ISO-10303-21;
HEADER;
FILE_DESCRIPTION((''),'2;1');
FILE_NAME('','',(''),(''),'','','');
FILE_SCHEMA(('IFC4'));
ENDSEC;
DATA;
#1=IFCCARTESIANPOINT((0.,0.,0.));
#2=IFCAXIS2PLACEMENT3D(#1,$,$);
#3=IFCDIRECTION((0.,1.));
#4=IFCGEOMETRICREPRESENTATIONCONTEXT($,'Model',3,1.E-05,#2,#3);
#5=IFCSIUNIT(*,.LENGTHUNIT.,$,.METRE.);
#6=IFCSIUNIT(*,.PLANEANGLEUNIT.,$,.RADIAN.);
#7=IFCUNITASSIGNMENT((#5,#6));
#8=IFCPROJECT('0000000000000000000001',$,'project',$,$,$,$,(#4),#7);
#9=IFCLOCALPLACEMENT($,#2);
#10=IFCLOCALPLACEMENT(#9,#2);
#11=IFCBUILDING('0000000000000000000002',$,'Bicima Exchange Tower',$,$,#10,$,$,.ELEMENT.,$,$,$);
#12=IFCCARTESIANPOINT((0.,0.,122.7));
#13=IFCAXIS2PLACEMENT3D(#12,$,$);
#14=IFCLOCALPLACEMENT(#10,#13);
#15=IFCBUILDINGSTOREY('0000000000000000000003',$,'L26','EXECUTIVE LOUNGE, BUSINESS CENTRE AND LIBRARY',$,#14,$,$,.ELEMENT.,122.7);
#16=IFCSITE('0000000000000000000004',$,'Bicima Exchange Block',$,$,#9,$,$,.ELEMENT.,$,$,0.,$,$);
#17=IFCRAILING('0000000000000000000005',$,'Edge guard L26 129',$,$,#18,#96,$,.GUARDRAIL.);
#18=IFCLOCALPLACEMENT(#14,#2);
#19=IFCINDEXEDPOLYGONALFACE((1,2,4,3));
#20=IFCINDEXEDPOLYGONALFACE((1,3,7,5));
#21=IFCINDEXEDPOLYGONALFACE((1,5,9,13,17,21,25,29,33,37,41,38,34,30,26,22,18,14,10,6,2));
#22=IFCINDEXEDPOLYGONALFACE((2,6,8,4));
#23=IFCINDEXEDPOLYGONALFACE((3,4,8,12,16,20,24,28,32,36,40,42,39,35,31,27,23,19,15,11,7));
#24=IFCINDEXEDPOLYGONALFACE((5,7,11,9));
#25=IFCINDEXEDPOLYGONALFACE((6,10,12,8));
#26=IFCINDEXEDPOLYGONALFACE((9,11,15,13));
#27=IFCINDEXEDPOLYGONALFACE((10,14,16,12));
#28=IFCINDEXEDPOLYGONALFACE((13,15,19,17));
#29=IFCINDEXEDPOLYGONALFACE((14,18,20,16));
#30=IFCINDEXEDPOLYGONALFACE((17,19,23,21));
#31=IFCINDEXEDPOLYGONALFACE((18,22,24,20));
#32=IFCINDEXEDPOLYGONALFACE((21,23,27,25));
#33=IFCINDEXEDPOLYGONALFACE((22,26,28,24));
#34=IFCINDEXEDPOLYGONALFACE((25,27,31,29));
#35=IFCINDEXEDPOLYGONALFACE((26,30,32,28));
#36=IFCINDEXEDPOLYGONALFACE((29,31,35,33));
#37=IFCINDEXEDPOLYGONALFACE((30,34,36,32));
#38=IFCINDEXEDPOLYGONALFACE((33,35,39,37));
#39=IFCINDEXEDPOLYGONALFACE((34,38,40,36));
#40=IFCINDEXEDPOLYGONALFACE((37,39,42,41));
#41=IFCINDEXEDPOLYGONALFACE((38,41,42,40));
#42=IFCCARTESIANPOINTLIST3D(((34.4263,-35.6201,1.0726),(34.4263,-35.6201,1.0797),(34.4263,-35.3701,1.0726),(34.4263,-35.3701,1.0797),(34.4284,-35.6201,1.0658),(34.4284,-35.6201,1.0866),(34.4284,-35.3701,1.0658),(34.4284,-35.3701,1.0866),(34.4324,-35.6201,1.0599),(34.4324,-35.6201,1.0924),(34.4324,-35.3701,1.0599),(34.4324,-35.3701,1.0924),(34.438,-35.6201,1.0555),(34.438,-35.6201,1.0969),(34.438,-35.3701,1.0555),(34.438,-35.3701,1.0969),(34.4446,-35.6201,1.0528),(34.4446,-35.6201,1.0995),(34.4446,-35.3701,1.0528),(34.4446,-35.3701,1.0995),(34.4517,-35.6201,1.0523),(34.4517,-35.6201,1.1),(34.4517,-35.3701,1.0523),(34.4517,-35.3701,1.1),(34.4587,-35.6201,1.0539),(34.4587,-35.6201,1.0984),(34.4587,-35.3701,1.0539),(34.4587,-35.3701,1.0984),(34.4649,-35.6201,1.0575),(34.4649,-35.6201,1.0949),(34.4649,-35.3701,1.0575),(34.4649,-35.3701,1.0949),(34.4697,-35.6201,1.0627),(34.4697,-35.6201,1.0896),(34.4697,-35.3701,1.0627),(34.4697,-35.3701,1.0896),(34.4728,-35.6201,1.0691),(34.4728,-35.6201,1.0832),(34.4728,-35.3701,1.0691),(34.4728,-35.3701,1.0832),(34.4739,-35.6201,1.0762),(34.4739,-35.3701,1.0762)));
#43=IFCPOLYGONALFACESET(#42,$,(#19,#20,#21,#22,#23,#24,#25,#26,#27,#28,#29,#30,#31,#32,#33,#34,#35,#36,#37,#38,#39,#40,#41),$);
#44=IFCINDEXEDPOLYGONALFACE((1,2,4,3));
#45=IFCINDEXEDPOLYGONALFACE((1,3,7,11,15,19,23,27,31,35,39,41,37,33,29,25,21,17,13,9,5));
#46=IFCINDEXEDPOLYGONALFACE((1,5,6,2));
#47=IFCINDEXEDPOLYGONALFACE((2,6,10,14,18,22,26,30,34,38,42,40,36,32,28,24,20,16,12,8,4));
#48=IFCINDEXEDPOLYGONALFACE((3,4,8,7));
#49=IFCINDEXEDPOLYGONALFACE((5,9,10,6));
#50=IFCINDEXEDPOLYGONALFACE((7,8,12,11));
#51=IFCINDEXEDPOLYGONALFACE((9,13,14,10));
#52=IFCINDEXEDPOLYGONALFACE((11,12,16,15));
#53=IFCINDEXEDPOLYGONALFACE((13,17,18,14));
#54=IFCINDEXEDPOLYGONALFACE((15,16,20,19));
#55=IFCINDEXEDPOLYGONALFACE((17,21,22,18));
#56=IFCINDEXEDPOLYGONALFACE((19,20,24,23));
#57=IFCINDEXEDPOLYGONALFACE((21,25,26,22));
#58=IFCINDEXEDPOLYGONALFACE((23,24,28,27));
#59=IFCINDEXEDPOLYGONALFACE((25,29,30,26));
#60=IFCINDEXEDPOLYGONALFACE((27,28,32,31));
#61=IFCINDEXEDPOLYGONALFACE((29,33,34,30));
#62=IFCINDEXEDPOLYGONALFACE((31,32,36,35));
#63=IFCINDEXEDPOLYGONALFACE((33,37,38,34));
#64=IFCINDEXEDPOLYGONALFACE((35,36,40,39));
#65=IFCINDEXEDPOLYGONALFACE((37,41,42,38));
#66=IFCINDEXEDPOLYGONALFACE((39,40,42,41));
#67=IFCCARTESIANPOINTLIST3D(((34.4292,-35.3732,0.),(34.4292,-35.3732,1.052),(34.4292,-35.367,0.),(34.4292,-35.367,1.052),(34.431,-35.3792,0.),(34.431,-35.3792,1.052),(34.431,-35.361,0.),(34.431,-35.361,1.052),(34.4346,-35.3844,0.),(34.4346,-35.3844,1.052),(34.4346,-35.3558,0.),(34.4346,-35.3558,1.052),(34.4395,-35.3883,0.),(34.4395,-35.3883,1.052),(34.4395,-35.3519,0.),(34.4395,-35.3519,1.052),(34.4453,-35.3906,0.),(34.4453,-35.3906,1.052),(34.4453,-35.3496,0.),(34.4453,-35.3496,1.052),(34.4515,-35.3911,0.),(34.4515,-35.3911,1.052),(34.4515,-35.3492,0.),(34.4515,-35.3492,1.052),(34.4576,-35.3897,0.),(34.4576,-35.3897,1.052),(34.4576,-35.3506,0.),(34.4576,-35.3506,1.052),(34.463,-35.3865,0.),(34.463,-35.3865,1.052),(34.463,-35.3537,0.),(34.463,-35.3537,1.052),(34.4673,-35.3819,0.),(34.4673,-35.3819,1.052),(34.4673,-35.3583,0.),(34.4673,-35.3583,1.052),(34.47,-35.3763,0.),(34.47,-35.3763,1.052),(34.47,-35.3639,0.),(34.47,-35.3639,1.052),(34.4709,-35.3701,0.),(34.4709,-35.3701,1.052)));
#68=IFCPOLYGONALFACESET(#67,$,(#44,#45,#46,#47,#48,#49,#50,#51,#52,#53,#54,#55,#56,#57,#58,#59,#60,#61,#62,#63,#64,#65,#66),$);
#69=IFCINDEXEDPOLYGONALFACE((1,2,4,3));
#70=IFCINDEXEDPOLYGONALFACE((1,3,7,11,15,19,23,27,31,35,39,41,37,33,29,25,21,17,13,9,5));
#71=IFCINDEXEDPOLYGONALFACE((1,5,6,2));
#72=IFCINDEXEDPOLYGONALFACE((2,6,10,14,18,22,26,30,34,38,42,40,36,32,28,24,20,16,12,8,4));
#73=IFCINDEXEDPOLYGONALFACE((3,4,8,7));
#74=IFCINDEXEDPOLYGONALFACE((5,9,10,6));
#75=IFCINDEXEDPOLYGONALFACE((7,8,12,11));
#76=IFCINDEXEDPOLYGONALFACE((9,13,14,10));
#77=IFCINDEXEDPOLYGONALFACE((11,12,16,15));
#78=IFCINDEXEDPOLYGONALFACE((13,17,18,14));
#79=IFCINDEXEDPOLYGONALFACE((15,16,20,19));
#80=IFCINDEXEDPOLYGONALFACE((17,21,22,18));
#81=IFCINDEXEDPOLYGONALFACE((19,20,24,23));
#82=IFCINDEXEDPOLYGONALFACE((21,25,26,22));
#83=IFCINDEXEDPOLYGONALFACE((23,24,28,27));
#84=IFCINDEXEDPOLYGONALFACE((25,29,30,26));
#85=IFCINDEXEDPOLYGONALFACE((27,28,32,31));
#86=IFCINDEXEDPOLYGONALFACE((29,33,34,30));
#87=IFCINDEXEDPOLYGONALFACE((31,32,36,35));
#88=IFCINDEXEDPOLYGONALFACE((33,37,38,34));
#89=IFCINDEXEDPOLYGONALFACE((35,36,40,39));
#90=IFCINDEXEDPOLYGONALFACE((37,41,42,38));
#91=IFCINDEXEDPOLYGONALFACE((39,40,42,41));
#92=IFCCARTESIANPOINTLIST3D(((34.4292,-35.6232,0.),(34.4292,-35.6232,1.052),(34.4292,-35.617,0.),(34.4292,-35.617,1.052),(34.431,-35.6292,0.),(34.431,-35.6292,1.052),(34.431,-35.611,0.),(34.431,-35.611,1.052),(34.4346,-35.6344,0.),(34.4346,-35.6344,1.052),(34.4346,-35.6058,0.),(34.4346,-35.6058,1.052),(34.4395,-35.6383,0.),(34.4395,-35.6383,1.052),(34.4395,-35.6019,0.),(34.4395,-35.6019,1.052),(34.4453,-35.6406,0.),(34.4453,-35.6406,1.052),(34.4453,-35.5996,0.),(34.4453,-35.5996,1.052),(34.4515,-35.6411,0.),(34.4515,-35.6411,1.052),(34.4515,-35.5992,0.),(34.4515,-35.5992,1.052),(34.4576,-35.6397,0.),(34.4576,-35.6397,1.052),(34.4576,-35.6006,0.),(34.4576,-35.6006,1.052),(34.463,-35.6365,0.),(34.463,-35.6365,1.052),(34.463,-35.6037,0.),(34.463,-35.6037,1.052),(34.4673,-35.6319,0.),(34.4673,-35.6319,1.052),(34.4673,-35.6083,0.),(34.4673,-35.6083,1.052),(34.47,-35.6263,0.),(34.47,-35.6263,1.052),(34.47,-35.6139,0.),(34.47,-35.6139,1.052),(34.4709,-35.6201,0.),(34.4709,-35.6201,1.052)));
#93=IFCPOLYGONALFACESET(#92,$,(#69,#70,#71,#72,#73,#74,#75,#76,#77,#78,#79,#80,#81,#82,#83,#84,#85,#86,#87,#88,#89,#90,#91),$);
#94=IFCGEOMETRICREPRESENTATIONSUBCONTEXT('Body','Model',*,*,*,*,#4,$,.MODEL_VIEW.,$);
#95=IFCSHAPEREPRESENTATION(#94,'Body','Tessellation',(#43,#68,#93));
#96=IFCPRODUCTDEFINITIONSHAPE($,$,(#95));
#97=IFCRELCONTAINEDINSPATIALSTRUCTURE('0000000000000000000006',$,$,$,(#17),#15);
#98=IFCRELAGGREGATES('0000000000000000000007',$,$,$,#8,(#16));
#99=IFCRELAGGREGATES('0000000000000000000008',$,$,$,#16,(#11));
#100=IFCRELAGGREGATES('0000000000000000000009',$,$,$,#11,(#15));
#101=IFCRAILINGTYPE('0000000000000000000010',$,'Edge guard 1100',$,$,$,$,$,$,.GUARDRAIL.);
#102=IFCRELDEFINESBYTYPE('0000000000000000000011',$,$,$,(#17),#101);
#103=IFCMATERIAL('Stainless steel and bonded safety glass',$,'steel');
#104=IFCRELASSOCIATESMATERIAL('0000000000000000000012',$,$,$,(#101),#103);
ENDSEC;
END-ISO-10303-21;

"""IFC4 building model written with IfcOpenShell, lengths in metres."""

from ifc_helpers import new_model, si_unit, direction, frame, origin, origin_2d, place, context, subcontext, project, spatial, circle, extrude, material, type_object, element, save


model = new_model("IFC4")

# Units and contexts
model_context = context("Model", 3, precision=1e-05, world=origin(), true_north=direction((0.0, 1.0)))
body_context = subcontext(model_context, "Body", "Model", "MODEL_VIEW")
ifc_project = project(units=[si_unit("LENGTHUNIT", "METRE"), si_unit("PLANEANGLEUNIT", "RADIAN")], contexts=[model_context])

# Site, building, storey
site_placement = place(None, origin())
site = spatial("IfcSite", under=ifc_project, at=site_placement, Name="Bicima Exchange Block", CompositionType="ELEMENT", RefElevation=0.0)
building_placement = place(site_placement, origin())
building = spatial("IfcBuilding", under=site, at=building_placement, Name="Bicima Exchange Tower", CompositionType="ELEMENT")
storey_placement = place(building_placement, frame((0.0, 0.0, 122.7)))
storey = spatial("IfcBuildingStorey", under=building, at=storey_placement, Name="L26", Description="EXECUTIVE LOUNGE, BUSINESS CENTRE AND LIBRARY", CompositionType="ELEMENT", Elevation=122.7)

# Railing
ifc_material_1 = material(Name="Stainless steel and bonded safety glass", Category="steel")
railing_type = type_object("IfcRailingType", Name="Edge guard 1100", PredefinedType="GUARDRAIL", material=ifc_material_1)
railing_1_placement = place(storey_placement, frame((34.45, -35.3701, 0.0)))
element("IfcRailing", 1, at=railing_1_placement, inside=storey, type_object=railing_type, Name="Edge guard L26 129", PredefinedType="GUARDRAIL", context=body_context, shape_type="SweptSolid", body=[
    extrude(circle(Radius=0.0239, at=origin_2d()), frame((0.0, 0.0, 1.0762), z_axis=(0.0, -1.0, 0.0), x_axis=(1.0, 0.0, 0.0)), (0.0, 0.0, 1.0), 0.25),
    extrude(circle(Radius=0.021, at=origin_2d()), origin(), (0.0, 0.0, 1.0), 1.052),
    extrude(circle(Radius=0.021, at=origin_2d()), frame((0.0, -0.25, 0.0)), (0.0, 0.0, 1.0), 1.052),
])

save(model, "model.ifc")
